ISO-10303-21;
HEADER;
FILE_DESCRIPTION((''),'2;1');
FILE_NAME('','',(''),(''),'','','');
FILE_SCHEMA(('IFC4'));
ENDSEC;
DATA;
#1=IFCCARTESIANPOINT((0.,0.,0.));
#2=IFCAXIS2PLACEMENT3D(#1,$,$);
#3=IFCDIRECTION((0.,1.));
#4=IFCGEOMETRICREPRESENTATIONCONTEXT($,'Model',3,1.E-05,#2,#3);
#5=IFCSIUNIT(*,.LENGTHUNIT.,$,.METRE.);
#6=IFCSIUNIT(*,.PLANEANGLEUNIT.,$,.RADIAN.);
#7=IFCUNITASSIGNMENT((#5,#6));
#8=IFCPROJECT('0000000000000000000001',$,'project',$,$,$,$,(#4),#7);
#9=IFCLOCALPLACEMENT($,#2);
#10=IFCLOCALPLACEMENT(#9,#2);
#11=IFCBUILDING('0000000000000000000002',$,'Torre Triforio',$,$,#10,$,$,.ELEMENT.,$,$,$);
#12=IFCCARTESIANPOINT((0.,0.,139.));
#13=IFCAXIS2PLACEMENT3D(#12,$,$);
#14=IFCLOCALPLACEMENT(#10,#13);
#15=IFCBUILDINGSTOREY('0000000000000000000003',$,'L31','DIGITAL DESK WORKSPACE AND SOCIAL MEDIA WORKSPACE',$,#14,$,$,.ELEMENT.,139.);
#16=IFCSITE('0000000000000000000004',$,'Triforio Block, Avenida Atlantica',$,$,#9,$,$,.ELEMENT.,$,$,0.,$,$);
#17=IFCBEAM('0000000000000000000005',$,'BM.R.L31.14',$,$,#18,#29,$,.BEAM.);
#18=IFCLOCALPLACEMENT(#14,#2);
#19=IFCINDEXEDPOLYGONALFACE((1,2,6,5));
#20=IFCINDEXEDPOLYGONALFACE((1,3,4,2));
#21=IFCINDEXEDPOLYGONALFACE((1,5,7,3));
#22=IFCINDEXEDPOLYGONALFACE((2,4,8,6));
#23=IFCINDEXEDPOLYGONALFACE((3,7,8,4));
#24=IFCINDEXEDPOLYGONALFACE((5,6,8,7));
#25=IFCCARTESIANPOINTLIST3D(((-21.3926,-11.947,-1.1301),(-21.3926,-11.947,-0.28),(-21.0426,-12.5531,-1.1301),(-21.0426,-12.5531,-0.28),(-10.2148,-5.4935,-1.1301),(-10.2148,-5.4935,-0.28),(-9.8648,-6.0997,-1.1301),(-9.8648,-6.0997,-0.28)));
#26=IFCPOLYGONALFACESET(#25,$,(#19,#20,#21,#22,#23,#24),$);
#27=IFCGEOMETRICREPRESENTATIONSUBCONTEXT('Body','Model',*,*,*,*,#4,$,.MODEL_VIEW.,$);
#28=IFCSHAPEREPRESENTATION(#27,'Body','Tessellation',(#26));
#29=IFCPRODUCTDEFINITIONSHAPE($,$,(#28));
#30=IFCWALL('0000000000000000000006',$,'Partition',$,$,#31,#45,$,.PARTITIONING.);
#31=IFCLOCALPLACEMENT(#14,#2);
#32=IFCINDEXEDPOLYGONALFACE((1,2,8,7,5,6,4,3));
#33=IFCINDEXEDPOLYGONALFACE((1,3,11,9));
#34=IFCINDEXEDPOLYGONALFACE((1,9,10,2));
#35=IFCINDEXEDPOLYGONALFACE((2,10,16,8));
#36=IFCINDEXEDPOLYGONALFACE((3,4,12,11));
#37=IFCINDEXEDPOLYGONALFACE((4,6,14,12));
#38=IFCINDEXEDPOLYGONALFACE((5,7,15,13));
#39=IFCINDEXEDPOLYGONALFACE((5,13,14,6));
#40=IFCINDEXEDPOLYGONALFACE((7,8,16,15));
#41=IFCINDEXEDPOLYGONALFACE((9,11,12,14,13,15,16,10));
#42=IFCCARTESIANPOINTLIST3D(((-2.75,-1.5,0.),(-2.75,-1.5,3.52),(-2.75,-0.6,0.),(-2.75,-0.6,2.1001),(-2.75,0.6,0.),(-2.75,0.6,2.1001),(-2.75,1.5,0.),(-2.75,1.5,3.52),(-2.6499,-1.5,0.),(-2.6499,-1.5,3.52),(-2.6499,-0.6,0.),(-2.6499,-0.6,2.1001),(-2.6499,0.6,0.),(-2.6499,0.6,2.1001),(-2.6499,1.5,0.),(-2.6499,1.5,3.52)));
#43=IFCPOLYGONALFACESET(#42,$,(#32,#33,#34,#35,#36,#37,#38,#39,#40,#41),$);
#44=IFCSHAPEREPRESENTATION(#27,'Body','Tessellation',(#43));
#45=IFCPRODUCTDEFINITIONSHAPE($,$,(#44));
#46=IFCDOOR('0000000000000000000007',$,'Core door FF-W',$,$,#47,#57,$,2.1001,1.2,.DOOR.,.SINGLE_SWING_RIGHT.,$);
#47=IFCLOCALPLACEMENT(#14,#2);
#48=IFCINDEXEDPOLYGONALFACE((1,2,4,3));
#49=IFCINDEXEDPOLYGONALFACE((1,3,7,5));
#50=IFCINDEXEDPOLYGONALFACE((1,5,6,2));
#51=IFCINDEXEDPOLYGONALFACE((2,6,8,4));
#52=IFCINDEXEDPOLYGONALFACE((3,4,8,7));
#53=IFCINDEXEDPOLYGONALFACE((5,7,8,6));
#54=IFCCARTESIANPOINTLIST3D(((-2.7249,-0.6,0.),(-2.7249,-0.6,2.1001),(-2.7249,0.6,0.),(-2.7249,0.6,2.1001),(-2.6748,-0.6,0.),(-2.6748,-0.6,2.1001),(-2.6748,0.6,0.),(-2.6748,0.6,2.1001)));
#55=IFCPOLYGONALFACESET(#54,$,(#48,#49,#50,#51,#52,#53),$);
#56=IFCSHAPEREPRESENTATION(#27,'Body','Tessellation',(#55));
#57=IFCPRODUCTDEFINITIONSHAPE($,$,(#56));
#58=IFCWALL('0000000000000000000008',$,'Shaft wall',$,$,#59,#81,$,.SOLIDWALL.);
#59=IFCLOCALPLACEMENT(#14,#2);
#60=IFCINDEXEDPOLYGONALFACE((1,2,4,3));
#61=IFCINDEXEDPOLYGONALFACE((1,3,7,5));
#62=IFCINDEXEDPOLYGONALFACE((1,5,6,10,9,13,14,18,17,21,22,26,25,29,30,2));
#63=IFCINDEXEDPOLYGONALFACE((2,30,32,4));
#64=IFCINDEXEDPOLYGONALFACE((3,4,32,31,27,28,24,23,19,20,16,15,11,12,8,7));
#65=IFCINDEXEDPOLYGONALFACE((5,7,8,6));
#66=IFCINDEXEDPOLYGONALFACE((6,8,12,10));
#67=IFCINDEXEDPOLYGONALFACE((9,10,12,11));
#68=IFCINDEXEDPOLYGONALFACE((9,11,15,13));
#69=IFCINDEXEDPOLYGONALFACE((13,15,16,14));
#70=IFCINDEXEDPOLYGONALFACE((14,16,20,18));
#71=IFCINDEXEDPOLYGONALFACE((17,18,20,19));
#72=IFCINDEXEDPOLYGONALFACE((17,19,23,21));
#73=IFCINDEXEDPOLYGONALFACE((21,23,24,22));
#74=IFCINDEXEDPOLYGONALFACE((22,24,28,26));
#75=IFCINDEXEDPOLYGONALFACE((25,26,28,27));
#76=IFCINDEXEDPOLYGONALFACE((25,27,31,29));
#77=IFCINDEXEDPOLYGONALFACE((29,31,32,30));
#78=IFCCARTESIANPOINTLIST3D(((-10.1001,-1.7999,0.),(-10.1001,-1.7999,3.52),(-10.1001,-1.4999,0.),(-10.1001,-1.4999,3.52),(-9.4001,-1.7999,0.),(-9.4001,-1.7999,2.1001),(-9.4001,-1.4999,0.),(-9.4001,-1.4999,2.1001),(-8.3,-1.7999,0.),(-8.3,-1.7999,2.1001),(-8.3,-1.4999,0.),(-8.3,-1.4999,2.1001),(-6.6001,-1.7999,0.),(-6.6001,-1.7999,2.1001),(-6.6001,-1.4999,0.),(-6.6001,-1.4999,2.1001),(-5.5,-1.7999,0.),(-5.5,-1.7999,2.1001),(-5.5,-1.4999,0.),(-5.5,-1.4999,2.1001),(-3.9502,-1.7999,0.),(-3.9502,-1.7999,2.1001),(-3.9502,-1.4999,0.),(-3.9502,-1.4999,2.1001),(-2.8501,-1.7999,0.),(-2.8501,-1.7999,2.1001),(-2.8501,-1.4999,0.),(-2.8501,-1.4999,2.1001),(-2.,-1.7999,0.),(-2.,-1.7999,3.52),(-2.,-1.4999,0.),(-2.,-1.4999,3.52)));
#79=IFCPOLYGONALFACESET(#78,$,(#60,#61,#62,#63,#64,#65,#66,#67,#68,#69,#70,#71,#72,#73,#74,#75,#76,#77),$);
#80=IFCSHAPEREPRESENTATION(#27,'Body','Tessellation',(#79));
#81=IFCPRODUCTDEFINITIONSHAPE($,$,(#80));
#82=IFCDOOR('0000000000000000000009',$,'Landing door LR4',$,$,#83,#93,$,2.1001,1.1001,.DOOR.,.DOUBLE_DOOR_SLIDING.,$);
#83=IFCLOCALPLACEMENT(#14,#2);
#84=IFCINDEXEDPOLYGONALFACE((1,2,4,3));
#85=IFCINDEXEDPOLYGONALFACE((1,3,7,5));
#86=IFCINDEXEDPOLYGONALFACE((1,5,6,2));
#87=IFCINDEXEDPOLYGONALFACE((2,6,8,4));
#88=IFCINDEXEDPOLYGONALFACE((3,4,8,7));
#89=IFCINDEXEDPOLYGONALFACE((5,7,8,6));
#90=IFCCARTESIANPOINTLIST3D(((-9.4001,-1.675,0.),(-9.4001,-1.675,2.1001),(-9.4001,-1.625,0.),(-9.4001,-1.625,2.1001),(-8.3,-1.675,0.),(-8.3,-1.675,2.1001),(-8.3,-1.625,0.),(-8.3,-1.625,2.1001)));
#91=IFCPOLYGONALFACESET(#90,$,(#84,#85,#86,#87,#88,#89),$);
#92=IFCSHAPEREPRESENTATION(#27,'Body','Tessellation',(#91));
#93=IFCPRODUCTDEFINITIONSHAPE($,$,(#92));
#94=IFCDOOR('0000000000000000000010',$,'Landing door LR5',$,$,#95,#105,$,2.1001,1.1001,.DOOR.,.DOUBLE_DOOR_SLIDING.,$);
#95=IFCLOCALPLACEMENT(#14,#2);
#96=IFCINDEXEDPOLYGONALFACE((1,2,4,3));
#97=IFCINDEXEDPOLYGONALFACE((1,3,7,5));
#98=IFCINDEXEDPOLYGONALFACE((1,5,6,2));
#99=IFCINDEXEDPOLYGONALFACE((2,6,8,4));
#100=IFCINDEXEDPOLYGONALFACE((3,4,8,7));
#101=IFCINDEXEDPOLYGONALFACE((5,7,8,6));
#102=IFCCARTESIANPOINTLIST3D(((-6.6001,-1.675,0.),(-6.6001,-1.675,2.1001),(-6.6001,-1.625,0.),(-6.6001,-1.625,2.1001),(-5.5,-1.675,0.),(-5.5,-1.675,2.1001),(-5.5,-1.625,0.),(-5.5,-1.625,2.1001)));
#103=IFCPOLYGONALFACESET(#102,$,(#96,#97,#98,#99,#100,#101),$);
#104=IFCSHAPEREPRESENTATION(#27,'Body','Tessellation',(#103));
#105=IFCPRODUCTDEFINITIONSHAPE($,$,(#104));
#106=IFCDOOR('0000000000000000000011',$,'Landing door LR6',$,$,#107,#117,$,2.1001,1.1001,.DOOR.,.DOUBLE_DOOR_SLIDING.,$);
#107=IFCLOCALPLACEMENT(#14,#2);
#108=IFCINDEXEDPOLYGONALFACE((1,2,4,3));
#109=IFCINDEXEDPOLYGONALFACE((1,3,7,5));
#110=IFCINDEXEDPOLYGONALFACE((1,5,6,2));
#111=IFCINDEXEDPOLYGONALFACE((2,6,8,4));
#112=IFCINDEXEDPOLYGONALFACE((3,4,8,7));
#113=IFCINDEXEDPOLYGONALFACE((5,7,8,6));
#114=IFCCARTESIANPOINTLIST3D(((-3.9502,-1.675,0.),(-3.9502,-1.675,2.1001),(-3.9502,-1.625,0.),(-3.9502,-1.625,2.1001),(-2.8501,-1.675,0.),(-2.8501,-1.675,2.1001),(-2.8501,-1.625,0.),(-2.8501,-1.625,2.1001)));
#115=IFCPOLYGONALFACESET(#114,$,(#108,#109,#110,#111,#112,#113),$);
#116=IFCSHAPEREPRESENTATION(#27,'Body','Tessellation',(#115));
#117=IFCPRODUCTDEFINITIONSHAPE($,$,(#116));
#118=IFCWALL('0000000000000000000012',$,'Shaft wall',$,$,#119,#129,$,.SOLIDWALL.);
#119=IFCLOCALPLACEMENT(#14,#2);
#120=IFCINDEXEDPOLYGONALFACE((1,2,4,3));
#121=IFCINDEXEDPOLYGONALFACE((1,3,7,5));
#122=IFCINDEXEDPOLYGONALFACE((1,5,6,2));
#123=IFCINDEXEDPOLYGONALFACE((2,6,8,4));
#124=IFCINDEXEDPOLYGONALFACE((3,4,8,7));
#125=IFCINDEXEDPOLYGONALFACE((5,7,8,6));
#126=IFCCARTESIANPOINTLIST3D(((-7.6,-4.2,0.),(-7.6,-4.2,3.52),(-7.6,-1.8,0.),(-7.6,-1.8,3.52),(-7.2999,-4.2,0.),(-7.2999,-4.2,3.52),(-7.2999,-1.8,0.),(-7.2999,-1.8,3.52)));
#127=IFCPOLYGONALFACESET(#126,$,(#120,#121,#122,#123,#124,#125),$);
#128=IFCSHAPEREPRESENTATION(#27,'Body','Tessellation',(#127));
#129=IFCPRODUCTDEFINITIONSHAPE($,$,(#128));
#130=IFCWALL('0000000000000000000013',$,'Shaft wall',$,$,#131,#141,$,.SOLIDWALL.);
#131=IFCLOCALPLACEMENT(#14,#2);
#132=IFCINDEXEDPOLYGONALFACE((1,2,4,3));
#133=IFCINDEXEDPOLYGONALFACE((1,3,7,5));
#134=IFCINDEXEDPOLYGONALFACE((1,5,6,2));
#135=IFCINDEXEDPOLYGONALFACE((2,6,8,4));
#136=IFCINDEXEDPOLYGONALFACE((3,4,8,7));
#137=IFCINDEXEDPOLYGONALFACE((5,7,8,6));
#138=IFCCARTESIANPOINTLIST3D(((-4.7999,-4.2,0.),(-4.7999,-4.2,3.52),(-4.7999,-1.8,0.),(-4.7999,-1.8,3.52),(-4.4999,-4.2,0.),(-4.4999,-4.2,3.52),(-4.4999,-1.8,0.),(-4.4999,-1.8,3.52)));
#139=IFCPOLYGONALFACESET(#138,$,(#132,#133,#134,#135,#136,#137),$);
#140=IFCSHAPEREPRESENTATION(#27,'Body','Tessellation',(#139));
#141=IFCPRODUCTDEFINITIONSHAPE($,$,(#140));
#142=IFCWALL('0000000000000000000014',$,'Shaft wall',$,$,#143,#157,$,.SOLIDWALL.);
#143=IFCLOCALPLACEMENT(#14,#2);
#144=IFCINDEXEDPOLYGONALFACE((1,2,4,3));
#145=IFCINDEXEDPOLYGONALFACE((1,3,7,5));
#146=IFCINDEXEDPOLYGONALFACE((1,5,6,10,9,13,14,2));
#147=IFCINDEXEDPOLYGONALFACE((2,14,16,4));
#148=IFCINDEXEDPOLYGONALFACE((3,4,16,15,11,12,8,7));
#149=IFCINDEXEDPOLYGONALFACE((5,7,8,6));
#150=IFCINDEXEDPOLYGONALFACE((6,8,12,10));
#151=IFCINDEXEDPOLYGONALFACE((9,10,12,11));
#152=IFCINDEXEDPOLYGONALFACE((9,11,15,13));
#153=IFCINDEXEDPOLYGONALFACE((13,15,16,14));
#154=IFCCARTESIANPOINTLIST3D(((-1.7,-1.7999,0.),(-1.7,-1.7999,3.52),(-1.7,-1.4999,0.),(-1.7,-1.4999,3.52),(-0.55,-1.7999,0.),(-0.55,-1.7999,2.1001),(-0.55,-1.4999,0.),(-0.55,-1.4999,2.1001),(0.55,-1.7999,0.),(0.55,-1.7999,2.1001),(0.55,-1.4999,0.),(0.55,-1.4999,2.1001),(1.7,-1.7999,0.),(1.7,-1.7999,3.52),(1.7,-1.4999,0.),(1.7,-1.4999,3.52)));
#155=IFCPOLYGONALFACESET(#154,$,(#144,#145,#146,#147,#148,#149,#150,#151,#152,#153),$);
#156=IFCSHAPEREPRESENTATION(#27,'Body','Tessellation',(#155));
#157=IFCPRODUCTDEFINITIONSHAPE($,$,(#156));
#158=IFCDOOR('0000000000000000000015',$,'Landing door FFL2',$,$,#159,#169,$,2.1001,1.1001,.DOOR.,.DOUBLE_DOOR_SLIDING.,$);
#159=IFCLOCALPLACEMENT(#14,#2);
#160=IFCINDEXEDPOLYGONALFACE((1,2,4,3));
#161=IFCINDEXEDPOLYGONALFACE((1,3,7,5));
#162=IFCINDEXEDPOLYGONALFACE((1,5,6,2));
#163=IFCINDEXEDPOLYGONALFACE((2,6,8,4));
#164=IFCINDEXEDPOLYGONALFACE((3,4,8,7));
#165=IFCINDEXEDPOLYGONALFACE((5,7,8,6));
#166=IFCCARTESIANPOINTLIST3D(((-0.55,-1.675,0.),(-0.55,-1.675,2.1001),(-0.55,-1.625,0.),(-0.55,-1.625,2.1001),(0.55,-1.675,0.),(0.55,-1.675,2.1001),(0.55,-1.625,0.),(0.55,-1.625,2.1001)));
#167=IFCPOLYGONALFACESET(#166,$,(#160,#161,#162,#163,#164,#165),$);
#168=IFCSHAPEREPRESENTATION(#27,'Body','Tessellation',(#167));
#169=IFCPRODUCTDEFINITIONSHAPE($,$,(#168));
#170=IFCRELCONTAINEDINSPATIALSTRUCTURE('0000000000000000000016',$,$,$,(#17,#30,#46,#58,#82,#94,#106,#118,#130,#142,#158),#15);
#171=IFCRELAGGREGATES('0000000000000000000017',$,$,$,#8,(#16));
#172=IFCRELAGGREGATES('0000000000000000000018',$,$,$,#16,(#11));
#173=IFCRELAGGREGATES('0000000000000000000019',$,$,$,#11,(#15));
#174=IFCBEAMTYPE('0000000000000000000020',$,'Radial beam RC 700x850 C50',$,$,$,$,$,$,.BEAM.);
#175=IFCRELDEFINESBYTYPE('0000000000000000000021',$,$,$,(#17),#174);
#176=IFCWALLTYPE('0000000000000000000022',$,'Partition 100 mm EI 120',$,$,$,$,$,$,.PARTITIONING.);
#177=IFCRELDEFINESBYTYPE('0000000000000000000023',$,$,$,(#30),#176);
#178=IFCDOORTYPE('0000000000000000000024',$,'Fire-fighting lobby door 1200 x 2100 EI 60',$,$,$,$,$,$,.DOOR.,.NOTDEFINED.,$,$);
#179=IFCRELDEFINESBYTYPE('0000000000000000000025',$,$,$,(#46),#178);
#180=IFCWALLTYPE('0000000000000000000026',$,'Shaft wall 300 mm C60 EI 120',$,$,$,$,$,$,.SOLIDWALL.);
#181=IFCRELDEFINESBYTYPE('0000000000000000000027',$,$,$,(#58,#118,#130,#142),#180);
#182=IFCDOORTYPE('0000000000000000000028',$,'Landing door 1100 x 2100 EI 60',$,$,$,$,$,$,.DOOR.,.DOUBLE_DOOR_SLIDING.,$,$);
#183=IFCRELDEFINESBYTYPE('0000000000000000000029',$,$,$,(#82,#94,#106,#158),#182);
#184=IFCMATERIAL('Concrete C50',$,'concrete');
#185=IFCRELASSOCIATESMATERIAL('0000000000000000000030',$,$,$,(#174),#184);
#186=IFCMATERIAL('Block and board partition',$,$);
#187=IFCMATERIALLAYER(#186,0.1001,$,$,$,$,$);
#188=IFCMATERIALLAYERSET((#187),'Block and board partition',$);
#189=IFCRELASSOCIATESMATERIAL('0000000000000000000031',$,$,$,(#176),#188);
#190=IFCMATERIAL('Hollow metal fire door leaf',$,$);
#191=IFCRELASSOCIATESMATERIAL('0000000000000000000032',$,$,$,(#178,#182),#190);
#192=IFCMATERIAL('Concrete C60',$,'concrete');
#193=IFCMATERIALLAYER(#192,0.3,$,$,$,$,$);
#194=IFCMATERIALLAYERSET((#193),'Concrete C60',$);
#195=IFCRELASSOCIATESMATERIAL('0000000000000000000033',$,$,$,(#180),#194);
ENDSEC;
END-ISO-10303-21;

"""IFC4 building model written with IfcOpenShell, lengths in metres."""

from ifc_helpers import new_model, si_unit, direction, frame, frame_2d, origin, origin_2d, place, context, subcontext, project, spatial, rectangle, extrude, material, layer, layer_set, material_profile, profile_set, type_object, element, fill, save


model = new_model("IFC4")

# Units and contexts
model_context = context("Model", 3, precision=1e-05, world=origin(), true_north=direction((0.0, 1.0)))
body_context = subcontext(model_context, "Body", "Model", "MODEL_VIEW")
ifc_project = project(units=[si_unit("LENGTHUNIT", "METRE"), si_unit("PLANEANGLEUNIT", "RADIAN")], contexts=[model_context])

# Site, building, storey
site_placement = place(None, origin())
site = spatial("IfcSite", under=ifc_project, at=site_placement, Name="Triforio Block, Avenida Atlantica", CompositionType="ELEMENT", RefElevation=0.0)
building_placement = place(site_placement, origin())
building = spatial("IfcBuilding", under=site, at=building_placement, Name="Torre Triforio", CompositionType="ELEMENT")
storey_placement = place(building_placement, frame((0.0, 0.0, 139.0)))
storey = spatial("IfcBuildingStorey", under=building, at=storey_placement, Name="L31", Description="DIGITAL DESK WORKSPACE AND SOCIAL MEDIA WORKSPACE", CompositionType="ELEMENT", Elevation=139.0)

# Beam
ifc_material_1 = material(Name="Concrete C50", Category="concrete")
ifc_material_profile = material_profile(ifc_material_1, rectangle(XDim=0.7, YDim=0.8501, at=origin_2d()), Name="RC 700x850")
ifc_profile_set = profile_set([ifc_material_profile], Name="Concrete C50")
beam_type = type_object("IfcBeamType", Name="Radial beam RC 700x850 C50", PredefinedType="BEAM", material=ifc_profile_set)
beam_placement = place(storey_placement, frame((-10.0398, -5.7966, -0.7051), z_axis=(-0.866029, -0.499994, 0.0), x_axis=(0.499994, -0.866029, 0.0)))
element("IfcBeam", 1, at=beam_placement, inside=storey, type_object=beam_type, Name="BM.R.L31.14", PredefinedType="BEAM", context=body_context, shape_type="SweptSolid", body=[
    extrude(rectangle(XDim=0.7, YDim=0.8501, at=origin_2d()), origin(), (0.0, 0.0, 1.0), 12.907),
])

# Wall, opening, door
ifc_material_2 = material(Name="Block and board partition")
ifc_layer_1 = layer(ifc_material_2, 0.1001)
ifc_layer_set_1 = layer_set([ifc_layer_1], Name="Block and board partition")
wall_type_1 = type_object("IfcWallType", Name="Partition 100 mm EI 120", PredefinedType="PARTITIONING", material=ifc_layer_set_1)
wall_1_placement = place(storey_placement, frame((-2.7, -1.5, 0.0), z_axis=(0.0, 0.0, 1.0), x_axis=(0.0, 1.0, 0.0)))
wall_1 = element("IfcWall", 2, at=wall_1_placement, inside=storey, type_object=wall_type_1, Name="Partition", PredefinedType="PARTITIONING", context=body_context, shape_type="SweptSolid", body=[
    extrude(rectangle(XDim=3.0, YDim=0.1001, at=frame_2d((1.5, 0.0))), origin(), (0.0, 0.0, 1.0), 3.52),
])
opening_1_placement = place(wall_1_placement, frame((0.8999, 0.0, 0.0)))
opening_1 = element("IfcOpeningElement", 3, at=opening_1_placement, cuts=wall_1, PredefinedType="OPENING", context=body_context, shape_type="SweptSolid", body=[
    extrude(rectangle(XDim=1.2, YDim=2.1001, at=frame_2d((0.6001, 1.05))), frame((0.0, 0.0601, 0.0), z_axis=(0.0, -1.0, 0.0), x_axis=(1.0, 0.0, 0.0)), (0.0, 0.0, 1.0), 0.1201),
])
ifc_material_3 = material(Name="Hollow metal fire door leaf")
door_type_1 = type_object("IfcDoorType", Name="Fire-fighting lobby door 1200 x 2100 EI 60", OperationType="NOTDEFINED", PredefinedType="DOOR", material=ifc_material_3)
door_1_placement = place(opening_1_placement, origin())
door_1 = element("IfcDoor", 4, at=door_1_placement, inside=storey, type_object=door_type_1, Name="Core door FF-W", OperationType="SINGLE_SWING_RIGHT", OverallHeight=2.1001, OverallWidth=1.2, PredefinedType="DOOR", context=body_context, shape_type="SweptSolid", body=[
    extrude(rectangle(XDim=1.2, YDim=2.1001, at=frame_2d((0.6001, 1.05))), frame((0.0, 0.0249, 0.0), z_axis=(0.0, -1.0, 0.0), x_axis=(1.0, 0.0, 0.0)), (0.0, 0.0, 1.0), 0.05),
])
fill(opening_1, door_1)

# Wall, openings, doors
ifc_material_4 = material(Name="Concrete C60", Category="concrete")
ifc_layer_2 = layer(ifc_material_4, 0.3)
ifc_layer_set_2 = layer_set([ifc_layer_2], Name="Concrete C60")
wall_type_2 = type_object("IfcWallType", Name="Shaft wall 300 mm C60 EI 120", PredefinedType="SOLIDWALL", material=ifc_layer_set_2)
wall_2_placement = place(storey_placement, frame((-10.1001, -1.6499, 0.0), z_axis=(0.0, 0.0, 1.0), x_axis=(1.0, 0.0, 0.0)))
wall_2 = element("IfcWall", 5, at=wall_2_placement, inside=storey, type_object=wall_type_2, Name="Shaft wall", PredefinedType="SOLIDWALL", context=body_context, shape_type="SweptSolid", body=[
    extrude(rectangle(XDim=8.1001, YDim=0.3, at=frame_2d((4.05, 0.0))), origin(), (0.0, 0.0, 1.0), 3.52),
])
opening_2_placement = place(wall_2_placement, frame((0.7, 0.0, 0.0)))
opening_2 = element("IfcOpeningElement", 6, at=opening_2_placement, cuts=wall_2, PredefinedType="OPENING", context=body_context, shape_type="SweptSolid", body=[
    extrude(rectangle(XDim=1.1001, YDim=2.1001, at=frame_2d((0.55, 1.05))), frame((0.0, 0.1599, 0.0), z_axis=(0.0, -1.0, 0.0), x_axis=(1.0, 0.0, 0.0)), (0.0, 0.0, 1.0), 0.3201),
])
opening_3_placement = place(wall_2_placement, frame((3.5, 0.0, 0.0)))
opening_3 = element("IfcOpeningElement", 7, at=opening_3_placement, cuts=wall_2, PredefinedType="OPENING", context=body_context, shape_type="SweptSolid", body=[
    extrude(rectangle(XDim=1.1001, YDim=2.1001, at=frame_2d((0.55, 1.05))), frame((0.0, 0.1599, 0.0), z_axis=(0.0, -1.0, 0.0), x_axis=(1.0, 0.0, 0.0)), (0.0, 0.0, 1.0), 0.3201),
])
opening_4_placement = place(wall_2_placement, frame((6.1499, 0.0, 0.0)))
opening_4 = element("IfcOpeningElement", 8, at=opening_4_placement, cuts=wall_2, PredefinedType="OPENING", context=body_context, shape_type="SweptSolid", body=[
    extrude(rectangle(XDim=1.1001, YDim=2.1001, at=frame_2d((0.55, 1.05))), frame((0.0, 0.1599, 0.0), z_axis=(0.0, -1.0, 0.0), x_axis=(1.0, 0.0, 0.0)), (0.0, 0.0, 1.0), 0.3201),
])
door_type_2 = type_object("IfcDoorType", Name="Landing door 1100 x 2100 EI 60", OperationType="DOUBLE_DOOR_SLIDING", PredefinedType="DOOR", material=ifc_material_3)
door_2_placement = place(opening_2_placement, origin())
door_2 = element("IfcDoor", 9, at=door_2_placement, inside=storey, type_object=door_type_2, Name="Landing door LR4", OperationType="DOUBLE_DOOR_SLIDING", OverallHeight=2.1001, OverallWidth=1.1001, PredefinedType="DOOR", context=body_context, shape_type="SweptSolid", body=[
    extrude(rectangle(XDim=1.1001, YDim=2.1001, at=frame_2d((0.55, 1.05))), frame((0.0, 0.0249, 0.0), z_axis=(0.0, -1.0, 0.0), x_axis=(1.0, 0.0, 0.0)), (0.0, 0.0, 1.0), 0.05),
])
fill(opening_2, door_2)
door_3_placement = place(opening_3_placement, origin())
door_3 = element("IfcDoor", 10, at=door_3_placement, inside=storey, type_object=door_type_2, Name="Landing door LR5", OperationType="DOUBLE_DOOR_SLIDING", OverallHeight=2.1001, OverallWidth=1.1001, PredefinedType="DOOR", context=body_context, shape_type="SweptSolid", body=[
    extrude(rectangle(XDim=1.1001, YDim=2.1001, at=frame_2d((0.55, 1.05))), frame((0.0, 0.0249, 0.0), z_axis=(0.0, -1.0, 0.0), x_axis=(1.0, 0.0, 0.0)), (0.0, 0.0, 1.0), 0.05),
])
fill(opening_3, door_3)
door_4_placement = place(opening_4_placement, origin())
door_4 = element("IfcDoor", 11, at=door_4_placement, inside=storey, type_object=door_type_2, Name="Landing door LR6", OperationType="DOUBLE_DOOR_SLIDING", OverallHeight=2.1001, OverallWidth=1.1001, PredefinedType="DOOR", context=body_context, shape_type="SweptSolid", body=[
    extrude(rectangle(XDim=1.1001, YDim=2.1001, at=frame_2d((0.55, 1.05))), frame((0.0, 0.0249, 0.0), z_axis=(0.0, -1.0, 0.0), x_axis=(1.0, 0.0, 0.0)), (0.0, 0.0, 1.0), 0.05),
])
fill(opening_4, door_4)

# Walls
for number, where, z_axis, x_axis, name in (
    (12, (-7.45, -4.2, 0.0), (0.0, 0.0, 1.0), (0.0, 1.0, 0.0), "Shaft wall"),
    (13, (-4.6499, -4.2, 0.0), (0.0, 0.0, 1.0), (0.0, 1.0, 0.0), "Shaft wall"),
):
    element("IfcWall", number, at=place(storey_placement, frame(where, z_axis=z_axis, x_axis=x_axis)), inside=storey, type_object=wall_type_2, Name=name, PredefinedType="SOLIDWALL", context=body_context, shape_type="SweptSolid", body=[
        extrude(rectangle(XDim=2.3999, YDim=0.3, at=frame_2d((1.2, 0.0))), origin(), (0.0, 0.0, 1.0), 3.52),
    ])

# Wall, opening, door
wall_3_placement = place(storey_placement, frame((-1.7, -1.6499, 0.0), z_axis=(0.0, 0.0, 1.0), x_axis=(1.0, 0.0, 0.0)))
wall_3 = element("IfcWall", 14, at=wall_3_placement, inside=storey, type_object=wall_type_2, Name="Shaft wall", PredefinedType="SOLIDWALL", context=body_context, shape_type="SweptSolid", body=[
    extrude(rectangle(XDim=3.3999, YDim=0.3, at=frame_2d((1.7, 0.0))), origin(), (0.0, 0.0, 1.0), 3.52),
])
opening_5_placement = place(wall_3_placement, frame((1.1499, 0.0, 0.0)))
opening_5 = element("IfcOpeningElement", 15, at=opening_5_placement, cuts=wall_3, PredefinedType="OPENING", context=body_context, shape_type="SweptSolid", body=[
    extrude(rectangle(XDim=1.1001, YDim=2.1001, at=frame_2d((0.55, 1.05))), frame((0.0, 0.1599, 0.0), z_axis=(0.0, -1.0, 0.0), x_axis=(1.0, 0.0, 0.0)), (0.0, 0.0, 1.0), 0.3201),
])
door_5_placement = place(opening_5_placement, origin())
door_5 = element("IfcDoor", 16, at=door_5_placement, inside=storey, type_object=door_type_2, Name="Landing door FFL2", OperationType="DOUBLE_DOOR_SLIDING", OverallHeight=2.1001, OverallWidth=1.1001, PredefinedType="DOOR", context=body_context, shape_type="SweptSolid", body=[
    extrude(rectangle(XDim=1.1001, YDim=2.1001, at=frame_2d((0.55, 1.05))), frame((0.0, 0.0249, 0.0), z_axis=(0.0, -1.0, 0.0), x_axis=(1.0, 0.0, 0.0)), (0.0, 0.0, 1.0), 0.05),
])
fill(opening_5, door_5)

save(model, "model.ifc")
